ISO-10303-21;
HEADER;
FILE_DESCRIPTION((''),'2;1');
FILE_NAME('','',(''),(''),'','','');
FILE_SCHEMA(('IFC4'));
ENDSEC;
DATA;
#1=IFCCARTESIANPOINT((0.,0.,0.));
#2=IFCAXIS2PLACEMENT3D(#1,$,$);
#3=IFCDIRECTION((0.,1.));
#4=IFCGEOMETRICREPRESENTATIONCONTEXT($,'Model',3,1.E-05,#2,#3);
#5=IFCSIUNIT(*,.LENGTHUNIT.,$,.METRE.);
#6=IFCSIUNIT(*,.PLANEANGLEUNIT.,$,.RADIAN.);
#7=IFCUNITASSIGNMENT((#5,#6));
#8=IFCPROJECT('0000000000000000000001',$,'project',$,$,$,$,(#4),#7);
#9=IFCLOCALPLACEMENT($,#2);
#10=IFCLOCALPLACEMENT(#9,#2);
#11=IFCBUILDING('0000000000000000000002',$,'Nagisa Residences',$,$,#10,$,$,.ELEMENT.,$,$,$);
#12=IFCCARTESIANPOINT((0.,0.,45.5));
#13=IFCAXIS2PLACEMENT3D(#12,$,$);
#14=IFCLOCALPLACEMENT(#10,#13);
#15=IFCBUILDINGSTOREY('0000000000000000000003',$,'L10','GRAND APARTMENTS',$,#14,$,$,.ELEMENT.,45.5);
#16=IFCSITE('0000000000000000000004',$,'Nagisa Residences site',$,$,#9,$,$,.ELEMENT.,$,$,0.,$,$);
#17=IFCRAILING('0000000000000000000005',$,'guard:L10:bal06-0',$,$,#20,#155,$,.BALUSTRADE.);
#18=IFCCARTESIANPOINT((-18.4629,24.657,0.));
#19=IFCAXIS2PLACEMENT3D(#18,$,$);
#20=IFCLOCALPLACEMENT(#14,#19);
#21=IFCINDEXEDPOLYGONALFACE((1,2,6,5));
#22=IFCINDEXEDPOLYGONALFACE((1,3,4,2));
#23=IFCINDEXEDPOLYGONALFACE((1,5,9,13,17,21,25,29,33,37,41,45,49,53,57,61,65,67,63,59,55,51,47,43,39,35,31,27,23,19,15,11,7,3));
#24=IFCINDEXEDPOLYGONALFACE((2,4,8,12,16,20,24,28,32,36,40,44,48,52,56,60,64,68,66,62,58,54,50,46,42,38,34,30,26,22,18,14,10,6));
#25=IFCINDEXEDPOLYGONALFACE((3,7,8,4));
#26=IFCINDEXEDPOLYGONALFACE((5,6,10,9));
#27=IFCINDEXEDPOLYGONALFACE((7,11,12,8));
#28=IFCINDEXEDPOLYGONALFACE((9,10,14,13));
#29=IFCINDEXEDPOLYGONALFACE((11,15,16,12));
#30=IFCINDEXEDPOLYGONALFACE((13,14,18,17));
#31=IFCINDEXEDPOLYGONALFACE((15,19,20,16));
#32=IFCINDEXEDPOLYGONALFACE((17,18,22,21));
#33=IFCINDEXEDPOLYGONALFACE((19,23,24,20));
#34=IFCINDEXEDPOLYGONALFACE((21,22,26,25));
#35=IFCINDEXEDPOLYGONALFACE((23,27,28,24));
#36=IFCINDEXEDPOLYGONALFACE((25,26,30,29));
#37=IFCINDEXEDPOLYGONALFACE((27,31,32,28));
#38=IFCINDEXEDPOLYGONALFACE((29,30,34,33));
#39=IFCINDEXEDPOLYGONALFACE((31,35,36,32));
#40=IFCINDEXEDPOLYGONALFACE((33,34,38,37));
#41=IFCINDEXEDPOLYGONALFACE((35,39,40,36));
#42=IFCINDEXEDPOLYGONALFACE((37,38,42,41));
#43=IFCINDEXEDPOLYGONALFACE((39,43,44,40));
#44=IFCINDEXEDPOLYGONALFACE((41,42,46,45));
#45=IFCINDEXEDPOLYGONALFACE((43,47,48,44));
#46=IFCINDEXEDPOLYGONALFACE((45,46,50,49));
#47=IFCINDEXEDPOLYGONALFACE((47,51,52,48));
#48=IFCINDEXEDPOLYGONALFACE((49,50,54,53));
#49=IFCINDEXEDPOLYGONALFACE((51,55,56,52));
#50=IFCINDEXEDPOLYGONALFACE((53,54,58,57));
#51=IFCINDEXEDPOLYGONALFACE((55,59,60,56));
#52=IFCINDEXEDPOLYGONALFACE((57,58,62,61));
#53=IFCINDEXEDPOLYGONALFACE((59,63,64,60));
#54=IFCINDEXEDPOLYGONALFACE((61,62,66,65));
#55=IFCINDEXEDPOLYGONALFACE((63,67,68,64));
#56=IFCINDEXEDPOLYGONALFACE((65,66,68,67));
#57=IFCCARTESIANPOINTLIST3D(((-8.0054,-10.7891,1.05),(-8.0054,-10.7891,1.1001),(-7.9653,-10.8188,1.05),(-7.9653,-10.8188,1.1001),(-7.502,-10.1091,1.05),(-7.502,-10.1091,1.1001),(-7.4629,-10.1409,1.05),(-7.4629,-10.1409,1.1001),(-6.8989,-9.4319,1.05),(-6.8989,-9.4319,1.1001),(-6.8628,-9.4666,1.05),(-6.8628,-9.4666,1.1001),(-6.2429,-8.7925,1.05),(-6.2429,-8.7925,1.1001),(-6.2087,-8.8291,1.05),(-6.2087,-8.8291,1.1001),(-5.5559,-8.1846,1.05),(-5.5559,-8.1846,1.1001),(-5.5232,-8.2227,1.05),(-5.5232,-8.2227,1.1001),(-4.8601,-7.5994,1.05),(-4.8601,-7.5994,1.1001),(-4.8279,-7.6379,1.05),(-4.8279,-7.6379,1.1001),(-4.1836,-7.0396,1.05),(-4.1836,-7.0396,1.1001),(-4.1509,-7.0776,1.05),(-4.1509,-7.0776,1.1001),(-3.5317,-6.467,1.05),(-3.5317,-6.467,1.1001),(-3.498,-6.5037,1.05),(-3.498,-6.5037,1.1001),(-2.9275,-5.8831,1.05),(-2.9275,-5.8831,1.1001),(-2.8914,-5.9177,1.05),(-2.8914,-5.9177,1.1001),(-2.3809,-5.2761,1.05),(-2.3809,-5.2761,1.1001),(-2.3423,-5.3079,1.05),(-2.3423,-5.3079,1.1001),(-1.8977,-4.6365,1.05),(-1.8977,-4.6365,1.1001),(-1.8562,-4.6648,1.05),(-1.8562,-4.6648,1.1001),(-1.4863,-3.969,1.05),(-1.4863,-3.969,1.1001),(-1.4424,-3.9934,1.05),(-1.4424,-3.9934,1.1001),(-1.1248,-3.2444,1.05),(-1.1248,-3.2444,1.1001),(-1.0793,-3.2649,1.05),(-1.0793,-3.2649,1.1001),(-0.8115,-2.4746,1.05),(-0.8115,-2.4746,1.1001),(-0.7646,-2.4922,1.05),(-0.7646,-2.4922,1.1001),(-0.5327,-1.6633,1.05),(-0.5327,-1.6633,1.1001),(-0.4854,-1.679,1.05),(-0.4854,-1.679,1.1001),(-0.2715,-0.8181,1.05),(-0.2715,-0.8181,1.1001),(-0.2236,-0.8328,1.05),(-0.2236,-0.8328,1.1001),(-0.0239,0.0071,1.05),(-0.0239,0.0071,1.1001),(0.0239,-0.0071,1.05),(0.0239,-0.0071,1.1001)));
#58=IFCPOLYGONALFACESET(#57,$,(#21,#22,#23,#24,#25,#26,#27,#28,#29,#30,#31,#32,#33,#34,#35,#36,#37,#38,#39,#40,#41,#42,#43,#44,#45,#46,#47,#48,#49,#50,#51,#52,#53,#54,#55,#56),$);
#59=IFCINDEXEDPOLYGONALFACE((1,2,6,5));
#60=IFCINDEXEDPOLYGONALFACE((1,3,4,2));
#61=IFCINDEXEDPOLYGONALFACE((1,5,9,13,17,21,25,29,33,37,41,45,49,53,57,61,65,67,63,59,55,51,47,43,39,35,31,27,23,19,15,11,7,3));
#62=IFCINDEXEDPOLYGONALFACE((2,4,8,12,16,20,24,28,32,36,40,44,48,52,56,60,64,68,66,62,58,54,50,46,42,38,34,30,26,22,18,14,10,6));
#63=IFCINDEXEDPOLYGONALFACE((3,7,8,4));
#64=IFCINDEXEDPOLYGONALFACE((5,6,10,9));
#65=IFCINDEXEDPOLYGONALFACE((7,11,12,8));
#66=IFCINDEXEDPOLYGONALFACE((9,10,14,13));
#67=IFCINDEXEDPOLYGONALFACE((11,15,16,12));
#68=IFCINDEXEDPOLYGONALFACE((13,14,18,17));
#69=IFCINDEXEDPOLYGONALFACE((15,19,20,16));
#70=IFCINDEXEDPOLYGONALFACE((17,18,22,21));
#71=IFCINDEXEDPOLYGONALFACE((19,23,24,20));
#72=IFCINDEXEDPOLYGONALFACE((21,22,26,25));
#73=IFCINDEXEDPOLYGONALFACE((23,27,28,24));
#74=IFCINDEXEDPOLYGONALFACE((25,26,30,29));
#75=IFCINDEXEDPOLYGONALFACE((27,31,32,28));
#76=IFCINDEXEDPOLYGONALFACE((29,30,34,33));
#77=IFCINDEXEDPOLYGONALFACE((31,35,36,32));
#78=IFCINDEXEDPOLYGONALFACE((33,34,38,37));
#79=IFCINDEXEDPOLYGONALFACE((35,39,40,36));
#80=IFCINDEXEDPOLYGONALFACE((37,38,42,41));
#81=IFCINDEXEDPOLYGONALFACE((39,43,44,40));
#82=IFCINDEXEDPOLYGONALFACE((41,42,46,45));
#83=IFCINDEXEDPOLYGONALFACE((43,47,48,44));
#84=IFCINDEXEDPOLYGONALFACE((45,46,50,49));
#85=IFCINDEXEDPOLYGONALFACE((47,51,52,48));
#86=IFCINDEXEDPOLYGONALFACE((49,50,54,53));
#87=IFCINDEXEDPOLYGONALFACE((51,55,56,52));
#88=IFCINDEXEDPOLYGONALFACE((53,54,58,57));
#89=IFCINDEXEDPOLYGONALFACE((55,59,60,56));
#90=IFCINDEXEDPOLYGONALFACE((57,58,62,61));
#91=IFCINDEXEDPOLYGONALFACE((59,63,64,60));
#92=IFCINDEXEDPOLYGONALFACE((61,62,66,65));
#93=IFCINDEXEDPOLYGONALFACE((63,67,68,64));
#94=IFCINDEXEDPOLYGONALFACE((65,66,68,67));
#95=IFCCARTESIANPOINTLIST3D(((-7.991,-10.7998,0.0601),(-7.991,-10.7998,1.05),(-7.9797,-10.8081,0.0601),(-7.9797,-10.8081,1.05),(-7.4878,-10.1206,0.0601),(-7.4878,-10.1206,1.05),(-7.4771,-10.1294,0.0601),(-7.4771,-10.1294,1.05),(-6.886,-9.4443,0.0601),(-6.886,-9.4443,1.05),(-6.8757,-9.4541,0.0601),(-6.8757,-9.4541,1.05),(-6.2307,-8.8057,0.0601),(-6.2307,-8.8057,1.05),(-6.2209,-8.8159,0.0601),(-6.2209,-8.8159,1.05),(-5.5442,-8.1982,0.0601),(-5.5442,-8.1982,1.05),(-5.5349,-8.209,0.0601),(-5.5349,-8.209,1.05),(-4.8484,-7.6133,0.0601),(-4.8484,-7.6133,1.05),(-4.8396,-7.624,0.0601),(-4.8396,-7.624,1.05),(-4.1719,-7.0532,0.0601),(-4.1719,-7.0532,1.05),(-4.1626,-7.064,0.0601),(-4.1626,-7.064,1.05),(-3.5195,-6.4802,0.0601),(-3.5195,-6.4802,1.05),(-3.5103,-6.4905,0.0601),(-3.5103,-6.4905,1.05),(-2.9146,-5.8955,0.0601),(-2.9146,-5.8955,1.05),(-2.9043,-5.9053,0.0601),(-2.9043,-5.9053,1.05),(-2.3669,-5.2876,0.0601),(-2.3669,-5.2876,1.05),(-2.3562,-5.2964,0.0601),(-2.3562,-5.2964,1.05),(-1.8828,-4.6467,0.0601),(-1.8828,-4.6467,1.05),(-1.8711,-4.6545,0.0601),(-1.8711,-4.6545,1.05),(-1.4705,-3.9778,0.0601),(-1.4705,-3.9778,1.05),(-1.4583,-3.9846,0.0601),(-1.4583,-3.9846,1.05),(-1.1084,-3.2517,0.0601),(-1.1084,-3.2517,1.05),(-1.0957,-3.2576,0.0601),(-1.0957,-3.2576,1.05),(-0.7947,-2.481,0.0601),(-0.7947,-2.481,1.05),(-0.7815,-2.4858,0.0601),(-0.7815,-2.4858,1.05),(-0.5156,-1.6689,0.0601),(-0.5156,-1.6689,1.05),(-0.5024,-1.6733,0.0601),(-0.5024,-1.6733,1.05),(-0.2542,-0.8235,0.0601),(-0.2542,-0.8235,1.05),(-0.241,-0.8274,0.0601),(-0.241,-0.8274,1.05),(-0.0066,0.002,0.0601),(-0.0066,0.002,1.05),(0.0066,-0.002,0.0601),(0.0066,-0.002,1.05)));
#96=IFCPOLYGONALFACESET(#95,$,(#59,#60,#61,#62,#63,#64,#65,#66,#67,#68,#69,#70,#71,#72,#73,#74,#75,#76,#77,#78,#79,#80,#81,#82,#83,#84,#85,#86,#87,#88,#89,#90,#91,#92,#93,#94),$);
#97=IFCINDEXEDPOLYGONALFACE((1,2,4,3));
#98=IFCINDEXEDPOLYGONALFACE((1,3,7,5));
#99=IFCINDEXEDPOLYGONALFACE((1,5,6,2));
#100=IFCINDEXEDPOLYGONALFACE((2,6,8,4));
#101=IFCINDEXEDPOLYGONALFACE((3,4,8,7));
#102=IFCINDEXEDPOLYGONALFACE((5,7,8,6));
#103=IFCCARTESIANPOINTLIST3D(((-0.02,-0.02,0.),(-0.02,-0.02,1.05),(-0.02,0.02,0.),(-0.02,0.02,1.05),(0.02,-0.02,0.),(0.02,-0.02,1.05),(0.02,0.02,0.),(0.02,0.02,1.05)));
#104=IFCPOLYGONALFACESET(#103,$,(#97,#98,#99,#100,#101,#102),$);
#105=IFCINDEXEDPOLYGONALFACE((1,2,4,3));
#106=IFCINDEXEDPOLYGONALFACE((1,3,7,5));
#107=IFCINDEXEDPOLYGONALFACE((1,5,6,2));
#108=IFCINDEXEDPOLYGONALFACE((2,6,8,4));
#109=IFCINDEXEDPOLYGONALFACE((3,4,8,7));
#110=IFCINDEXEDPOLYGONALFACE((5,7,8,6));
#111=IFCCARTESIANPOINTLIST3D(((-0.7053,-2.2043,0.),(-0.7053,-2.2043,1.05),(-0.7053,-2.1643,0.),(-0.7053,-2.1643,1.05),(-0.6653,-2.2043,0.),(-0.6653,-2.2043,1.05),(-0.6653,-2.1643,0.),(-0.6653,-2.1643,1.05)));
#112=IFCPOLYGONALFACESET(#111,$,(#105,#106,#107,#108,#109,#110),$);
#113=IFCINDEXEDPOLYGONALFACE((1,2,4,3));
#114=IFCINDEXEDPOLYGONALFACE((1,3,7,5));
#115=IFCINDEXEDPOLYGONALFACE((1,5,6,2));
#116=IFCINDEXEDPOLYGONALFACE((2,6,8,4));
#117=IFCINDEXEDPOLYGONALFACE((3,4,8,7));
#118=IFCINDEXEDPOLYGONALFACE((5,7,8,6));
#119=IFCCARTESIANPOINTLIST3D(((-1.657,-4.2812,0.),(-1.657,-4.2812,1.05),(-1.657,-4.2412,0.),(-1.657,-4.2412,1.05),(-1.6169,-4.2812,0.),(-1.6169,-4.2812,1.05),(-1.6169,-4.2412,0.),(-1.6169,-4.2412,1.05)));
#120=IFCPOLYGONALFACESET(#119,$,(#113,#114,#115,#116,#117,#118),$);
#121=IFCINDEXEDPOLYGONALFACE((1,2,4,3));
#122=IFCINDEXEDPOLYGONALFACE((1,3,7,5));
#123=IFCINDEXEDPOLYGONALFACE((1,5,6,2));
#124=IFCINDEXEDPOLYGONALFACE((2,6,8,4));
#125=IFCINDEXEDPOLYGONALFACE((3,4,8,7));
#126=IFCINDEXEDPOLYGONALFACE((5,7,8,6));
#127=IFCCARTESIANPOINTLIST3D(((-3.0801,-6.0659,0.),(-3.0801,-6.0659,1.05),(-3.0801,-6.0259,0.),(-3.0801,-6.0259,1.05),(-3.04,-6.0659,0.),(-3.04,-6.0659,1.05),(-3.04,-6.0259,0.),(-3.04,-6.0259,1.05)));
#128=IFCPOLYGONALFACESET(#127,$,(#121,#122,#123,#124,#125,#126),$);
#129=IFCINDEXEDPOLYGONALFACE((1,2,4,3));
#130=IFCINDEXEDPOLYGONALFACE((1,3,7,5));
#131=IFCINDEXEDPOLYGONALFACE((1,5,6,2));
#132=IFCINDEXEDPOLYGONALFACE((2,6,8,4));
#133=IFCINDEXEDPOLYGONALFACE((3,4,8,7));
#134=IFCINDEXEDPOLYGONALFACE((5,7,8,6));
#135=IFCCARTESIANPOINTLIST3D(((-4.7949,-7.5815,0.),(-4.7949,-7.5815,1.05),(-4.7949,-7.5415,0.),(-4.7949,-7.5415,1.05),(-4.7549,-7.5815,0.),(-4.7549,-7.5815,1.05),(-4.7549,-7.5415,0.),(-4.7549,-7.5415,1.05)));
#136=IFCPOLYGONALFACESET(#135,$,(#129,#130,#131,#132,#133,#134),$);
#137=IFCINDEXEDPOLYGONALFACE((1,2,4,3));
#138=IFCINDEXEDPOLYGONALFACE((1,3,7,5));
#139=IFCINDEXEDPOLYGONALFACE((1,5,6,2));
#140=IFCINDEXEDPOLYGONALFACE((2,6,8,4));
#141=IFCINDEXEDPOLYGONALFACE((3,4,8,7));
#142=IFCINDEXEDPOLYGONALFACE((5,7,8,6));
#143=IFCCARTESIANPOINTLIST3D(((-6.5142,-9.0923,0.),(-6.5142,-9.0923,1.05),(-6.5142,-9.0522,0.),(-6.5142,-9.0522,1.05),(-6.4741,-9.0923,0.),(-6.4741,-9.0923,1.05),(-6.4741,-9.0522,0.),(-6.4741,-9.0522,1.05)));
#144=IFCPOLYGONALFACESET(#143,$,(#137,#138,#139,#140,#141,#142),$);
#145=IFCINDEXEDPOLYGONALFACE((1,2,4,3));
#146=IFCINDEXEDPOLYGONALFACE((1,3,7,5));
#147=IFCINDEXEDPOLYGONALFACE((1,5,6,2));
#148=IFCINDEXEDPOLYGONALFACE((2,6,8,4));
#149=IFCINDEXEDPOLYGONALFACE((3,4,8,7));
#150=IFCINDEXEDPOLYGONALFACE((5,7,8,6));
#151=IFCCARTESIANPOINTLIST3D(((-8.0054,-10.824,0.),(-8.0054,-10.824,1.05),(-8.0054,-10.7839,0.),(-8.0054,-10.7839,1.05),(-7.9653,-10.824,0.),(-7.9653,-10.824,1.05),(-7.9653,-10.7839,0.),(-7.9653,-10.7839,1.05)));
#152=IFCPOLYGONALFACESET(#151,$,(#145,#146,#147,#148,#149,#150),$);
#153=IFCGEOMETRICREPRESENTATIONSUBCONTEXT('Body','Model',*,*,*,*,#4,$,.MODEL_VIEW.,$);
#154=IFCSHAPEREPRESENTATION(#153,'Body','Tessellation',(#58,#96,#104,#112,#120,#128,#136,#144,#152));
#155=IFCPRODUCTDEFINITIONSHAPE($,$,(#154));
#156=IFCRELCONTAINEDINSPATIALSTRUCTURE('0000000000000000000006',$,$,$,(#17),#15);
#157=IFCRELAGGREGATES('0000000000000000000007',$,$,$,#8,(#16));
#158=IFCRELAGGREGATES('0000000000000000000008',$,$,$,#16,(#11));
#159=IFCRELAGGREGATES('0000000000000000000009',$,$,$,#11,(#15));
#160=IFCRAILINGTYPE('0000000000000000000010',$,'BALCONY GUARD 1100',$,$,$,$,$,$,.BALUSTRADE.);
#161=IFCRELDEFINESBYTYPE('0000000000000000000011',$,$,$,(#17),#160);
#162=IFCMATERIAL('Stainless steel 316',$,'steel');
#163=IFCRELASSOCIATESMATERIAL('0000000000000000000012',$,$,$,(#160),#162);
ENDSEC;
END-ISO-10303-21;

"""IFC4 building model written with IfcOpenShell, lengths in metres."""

from ifc_helpers import new_model, si_unit, direction, frame, origin, origin_2d, place, context, subcontext, project, spatial, polyline, rectangle, outline, extrude, material, type_object, element, save


model = new_model("IFC4")

# Units and contexts
model_context = context("Model", 3, precision=1e-05, world=origin(), true_north=direction((0.0, 1.0)))
body_context = subcontext(model_context, "Body", "Model", "MODEL_VIEW")
ifc_project = project(units=[si_unit("LENGTHUNIT", "METRE"), si_unit("PLANEANGLEUNIT", "RADIAN")], contexts=[model_context])

# Site, building, storey
site_placement = place(None, origin())
site = spatial("IfcSite", under=ifc_project, at=site_placement, Name="Nagisa Residences site", CompositionType="ELEMENT", RefElevation=0.0)
building_placement = place(site_placement, origin())
building = spatial("IfcBuilding", under=site, at=building_placement, Name="Nagisa Residences", CompositionType="ELEMENT")
storey_placement = place(building_placement, frame((0.0, 0.0, 45.5)))
storey = spatial("IfcBuildingStorey", under=building, at=storey_placement, Name="L10", Description="GRAND APARTMENTS", CompositionType="ELEMENT", Elevation=45.5)

# Railing
ifc_material_1 = material(Name="Stainless steel 316", Category="steel")
railing_type = type_object("IfcRailingType", Name="BALCONY GUARD 1100", PredefinedType="BALUSTRADE", material=ifc_material_1)
railing_1_placement = place(storey_placement, frame((-18.4629, 24.657, 0.0)))
element("IfcRailing", 1, at=railing_1_placement, inside=storey, type_object=railing_type, Name="guard:L10:bal06-0", PredefinedType="BALUSTRADE", context=body_context, shape_type="SweptSolid", body=[
    extrude(outline(polyline([(-0.2236, -0.8328), (0.0239, -0.0071), (-0.0239, 0.0071), (-0.2715, -0.8181), (-0.5327, -1.6633), (-0.8115, -2.4746), (-1.1248, -3.2444), (-1.4863, -3.969), (-1.8977, -4.6365), (-2.3809, -5.2761), (-2.9275, -5.8831), (-3.5317, -6.467), (-4.1836, -7.0396), (-4.8601, -7.5994), (-5.5559, -8.1846), (-6.2429, -8.7925), (-6.8989, -9.4319), (-7.502, -10.1091), (-8.0054, -10.7891), (-7.9653, -10.8188), (-7.4629, -10.1409), (-6.8628, -9.4666), (-6.2087, -8.8291), (-5.5232, -8.2227), (-4.8279, -7.6379), (-4.1509, -7.0776), (-3.498, -6.5037), (-2.8914, -5.9177), (-2.3423, -5.3079), (-1.8562, -4.6648), (-1.4424, -3.9934), (-1.0793, -3.2649), (-0.7646, -2.4922), (-0.4854, -1.679), (-0.2236, -0.8328)])), frame((0.0, 0.0, 1.05)), (0.0, 0.0, 1.0), 0.05),
    extrude(outline(polyline([(-0.241, -0.8274), (0.0066, -0.002), (-0.0066, 0.002), (-0.2542, -0.8235), (-0.5156, -1.6689), (-0.7947, -2.481), (-1.1084, -3.2517), (-1.4705, -3.9778), (-1.8828, -4.6467), (-2.3669, -5.2876), (-2.9146, -5.8955), (-3.5195, -6.4802), (-4.1719, -7.0532), (-4.8484, -7.6133), (-5.5442, -8.1982), (-6.2307, -8.8057), (-6.886, -9.4443), (-7.4878, -10.1206), (-7.991, -10.7998), (-7.9797, -10.8081), (-7.4771, -10.1294), (-6.8757, -9.4541), (-6.2209, -8.8159), (-5.5349, -8.209), (-4.8396, -7.624), (-4.1626, -7.064), (-3.5103, -6.4905), (-2.9043, -5.9053), (-2.3562, -5.2964), (-1.8711, -4.6545), (-1.4583, -3.9846), (-1.0957, -3.2576), (-0.7815, -2.4858), (-0.5024, -1.6733), (-0.241, -0.8274)])), frame((0.0, 0.0, 0.0601)), (0.0, 0.0, 1.0), 0.99),
    extrude(rectangle(XDim=0.04, YDim=0.04, at=origin_2d()), origin(), (0.0, 0.0, 1.0), 1.05),
    extrude(rectangle(XDim=0.04, YDim=0.04, at=origin_2d()), frame((-0.6853, -2.1843, 0.0)), (0.0, 0.0, 1.0), 1.05),
    extrude(rectangle(XDim=0.04, YDim=0.04, at=origin_2d()), frame((-1.637, -4.2612, 0.0)), (0.0, 0.0, 1.0), 1.05),
    extrude(rectangle(XDim=0.04, YDim=0.04, at=origin_2d()), frame((-3.0601, -6.0459, 0.0)), (0.0, 0.0, 1.0), 1.05),
    extrude(rectangle(XDim=0.04, YDim=0.04, at=origin_2d()), frame((-4.7749, -7.5615, 0.0)), (0.0, 0.0, 1.0), 1.05),
    extrude(rectangle(XDim=0.04, YDim=0.04, at=origin_2d()), frame((-6.4941, -9.0723, 0.0)), (0.0, 0.0, 1.0), 1.05),
    extrude(rectangle(XDim=0.04, YDim=0.04, at=origin_2d()), frame((-7.9854, -10.804, 0.0)), (0.0, 0.0, 1.0), 1.05),
])

save(model, "model.ifc")
